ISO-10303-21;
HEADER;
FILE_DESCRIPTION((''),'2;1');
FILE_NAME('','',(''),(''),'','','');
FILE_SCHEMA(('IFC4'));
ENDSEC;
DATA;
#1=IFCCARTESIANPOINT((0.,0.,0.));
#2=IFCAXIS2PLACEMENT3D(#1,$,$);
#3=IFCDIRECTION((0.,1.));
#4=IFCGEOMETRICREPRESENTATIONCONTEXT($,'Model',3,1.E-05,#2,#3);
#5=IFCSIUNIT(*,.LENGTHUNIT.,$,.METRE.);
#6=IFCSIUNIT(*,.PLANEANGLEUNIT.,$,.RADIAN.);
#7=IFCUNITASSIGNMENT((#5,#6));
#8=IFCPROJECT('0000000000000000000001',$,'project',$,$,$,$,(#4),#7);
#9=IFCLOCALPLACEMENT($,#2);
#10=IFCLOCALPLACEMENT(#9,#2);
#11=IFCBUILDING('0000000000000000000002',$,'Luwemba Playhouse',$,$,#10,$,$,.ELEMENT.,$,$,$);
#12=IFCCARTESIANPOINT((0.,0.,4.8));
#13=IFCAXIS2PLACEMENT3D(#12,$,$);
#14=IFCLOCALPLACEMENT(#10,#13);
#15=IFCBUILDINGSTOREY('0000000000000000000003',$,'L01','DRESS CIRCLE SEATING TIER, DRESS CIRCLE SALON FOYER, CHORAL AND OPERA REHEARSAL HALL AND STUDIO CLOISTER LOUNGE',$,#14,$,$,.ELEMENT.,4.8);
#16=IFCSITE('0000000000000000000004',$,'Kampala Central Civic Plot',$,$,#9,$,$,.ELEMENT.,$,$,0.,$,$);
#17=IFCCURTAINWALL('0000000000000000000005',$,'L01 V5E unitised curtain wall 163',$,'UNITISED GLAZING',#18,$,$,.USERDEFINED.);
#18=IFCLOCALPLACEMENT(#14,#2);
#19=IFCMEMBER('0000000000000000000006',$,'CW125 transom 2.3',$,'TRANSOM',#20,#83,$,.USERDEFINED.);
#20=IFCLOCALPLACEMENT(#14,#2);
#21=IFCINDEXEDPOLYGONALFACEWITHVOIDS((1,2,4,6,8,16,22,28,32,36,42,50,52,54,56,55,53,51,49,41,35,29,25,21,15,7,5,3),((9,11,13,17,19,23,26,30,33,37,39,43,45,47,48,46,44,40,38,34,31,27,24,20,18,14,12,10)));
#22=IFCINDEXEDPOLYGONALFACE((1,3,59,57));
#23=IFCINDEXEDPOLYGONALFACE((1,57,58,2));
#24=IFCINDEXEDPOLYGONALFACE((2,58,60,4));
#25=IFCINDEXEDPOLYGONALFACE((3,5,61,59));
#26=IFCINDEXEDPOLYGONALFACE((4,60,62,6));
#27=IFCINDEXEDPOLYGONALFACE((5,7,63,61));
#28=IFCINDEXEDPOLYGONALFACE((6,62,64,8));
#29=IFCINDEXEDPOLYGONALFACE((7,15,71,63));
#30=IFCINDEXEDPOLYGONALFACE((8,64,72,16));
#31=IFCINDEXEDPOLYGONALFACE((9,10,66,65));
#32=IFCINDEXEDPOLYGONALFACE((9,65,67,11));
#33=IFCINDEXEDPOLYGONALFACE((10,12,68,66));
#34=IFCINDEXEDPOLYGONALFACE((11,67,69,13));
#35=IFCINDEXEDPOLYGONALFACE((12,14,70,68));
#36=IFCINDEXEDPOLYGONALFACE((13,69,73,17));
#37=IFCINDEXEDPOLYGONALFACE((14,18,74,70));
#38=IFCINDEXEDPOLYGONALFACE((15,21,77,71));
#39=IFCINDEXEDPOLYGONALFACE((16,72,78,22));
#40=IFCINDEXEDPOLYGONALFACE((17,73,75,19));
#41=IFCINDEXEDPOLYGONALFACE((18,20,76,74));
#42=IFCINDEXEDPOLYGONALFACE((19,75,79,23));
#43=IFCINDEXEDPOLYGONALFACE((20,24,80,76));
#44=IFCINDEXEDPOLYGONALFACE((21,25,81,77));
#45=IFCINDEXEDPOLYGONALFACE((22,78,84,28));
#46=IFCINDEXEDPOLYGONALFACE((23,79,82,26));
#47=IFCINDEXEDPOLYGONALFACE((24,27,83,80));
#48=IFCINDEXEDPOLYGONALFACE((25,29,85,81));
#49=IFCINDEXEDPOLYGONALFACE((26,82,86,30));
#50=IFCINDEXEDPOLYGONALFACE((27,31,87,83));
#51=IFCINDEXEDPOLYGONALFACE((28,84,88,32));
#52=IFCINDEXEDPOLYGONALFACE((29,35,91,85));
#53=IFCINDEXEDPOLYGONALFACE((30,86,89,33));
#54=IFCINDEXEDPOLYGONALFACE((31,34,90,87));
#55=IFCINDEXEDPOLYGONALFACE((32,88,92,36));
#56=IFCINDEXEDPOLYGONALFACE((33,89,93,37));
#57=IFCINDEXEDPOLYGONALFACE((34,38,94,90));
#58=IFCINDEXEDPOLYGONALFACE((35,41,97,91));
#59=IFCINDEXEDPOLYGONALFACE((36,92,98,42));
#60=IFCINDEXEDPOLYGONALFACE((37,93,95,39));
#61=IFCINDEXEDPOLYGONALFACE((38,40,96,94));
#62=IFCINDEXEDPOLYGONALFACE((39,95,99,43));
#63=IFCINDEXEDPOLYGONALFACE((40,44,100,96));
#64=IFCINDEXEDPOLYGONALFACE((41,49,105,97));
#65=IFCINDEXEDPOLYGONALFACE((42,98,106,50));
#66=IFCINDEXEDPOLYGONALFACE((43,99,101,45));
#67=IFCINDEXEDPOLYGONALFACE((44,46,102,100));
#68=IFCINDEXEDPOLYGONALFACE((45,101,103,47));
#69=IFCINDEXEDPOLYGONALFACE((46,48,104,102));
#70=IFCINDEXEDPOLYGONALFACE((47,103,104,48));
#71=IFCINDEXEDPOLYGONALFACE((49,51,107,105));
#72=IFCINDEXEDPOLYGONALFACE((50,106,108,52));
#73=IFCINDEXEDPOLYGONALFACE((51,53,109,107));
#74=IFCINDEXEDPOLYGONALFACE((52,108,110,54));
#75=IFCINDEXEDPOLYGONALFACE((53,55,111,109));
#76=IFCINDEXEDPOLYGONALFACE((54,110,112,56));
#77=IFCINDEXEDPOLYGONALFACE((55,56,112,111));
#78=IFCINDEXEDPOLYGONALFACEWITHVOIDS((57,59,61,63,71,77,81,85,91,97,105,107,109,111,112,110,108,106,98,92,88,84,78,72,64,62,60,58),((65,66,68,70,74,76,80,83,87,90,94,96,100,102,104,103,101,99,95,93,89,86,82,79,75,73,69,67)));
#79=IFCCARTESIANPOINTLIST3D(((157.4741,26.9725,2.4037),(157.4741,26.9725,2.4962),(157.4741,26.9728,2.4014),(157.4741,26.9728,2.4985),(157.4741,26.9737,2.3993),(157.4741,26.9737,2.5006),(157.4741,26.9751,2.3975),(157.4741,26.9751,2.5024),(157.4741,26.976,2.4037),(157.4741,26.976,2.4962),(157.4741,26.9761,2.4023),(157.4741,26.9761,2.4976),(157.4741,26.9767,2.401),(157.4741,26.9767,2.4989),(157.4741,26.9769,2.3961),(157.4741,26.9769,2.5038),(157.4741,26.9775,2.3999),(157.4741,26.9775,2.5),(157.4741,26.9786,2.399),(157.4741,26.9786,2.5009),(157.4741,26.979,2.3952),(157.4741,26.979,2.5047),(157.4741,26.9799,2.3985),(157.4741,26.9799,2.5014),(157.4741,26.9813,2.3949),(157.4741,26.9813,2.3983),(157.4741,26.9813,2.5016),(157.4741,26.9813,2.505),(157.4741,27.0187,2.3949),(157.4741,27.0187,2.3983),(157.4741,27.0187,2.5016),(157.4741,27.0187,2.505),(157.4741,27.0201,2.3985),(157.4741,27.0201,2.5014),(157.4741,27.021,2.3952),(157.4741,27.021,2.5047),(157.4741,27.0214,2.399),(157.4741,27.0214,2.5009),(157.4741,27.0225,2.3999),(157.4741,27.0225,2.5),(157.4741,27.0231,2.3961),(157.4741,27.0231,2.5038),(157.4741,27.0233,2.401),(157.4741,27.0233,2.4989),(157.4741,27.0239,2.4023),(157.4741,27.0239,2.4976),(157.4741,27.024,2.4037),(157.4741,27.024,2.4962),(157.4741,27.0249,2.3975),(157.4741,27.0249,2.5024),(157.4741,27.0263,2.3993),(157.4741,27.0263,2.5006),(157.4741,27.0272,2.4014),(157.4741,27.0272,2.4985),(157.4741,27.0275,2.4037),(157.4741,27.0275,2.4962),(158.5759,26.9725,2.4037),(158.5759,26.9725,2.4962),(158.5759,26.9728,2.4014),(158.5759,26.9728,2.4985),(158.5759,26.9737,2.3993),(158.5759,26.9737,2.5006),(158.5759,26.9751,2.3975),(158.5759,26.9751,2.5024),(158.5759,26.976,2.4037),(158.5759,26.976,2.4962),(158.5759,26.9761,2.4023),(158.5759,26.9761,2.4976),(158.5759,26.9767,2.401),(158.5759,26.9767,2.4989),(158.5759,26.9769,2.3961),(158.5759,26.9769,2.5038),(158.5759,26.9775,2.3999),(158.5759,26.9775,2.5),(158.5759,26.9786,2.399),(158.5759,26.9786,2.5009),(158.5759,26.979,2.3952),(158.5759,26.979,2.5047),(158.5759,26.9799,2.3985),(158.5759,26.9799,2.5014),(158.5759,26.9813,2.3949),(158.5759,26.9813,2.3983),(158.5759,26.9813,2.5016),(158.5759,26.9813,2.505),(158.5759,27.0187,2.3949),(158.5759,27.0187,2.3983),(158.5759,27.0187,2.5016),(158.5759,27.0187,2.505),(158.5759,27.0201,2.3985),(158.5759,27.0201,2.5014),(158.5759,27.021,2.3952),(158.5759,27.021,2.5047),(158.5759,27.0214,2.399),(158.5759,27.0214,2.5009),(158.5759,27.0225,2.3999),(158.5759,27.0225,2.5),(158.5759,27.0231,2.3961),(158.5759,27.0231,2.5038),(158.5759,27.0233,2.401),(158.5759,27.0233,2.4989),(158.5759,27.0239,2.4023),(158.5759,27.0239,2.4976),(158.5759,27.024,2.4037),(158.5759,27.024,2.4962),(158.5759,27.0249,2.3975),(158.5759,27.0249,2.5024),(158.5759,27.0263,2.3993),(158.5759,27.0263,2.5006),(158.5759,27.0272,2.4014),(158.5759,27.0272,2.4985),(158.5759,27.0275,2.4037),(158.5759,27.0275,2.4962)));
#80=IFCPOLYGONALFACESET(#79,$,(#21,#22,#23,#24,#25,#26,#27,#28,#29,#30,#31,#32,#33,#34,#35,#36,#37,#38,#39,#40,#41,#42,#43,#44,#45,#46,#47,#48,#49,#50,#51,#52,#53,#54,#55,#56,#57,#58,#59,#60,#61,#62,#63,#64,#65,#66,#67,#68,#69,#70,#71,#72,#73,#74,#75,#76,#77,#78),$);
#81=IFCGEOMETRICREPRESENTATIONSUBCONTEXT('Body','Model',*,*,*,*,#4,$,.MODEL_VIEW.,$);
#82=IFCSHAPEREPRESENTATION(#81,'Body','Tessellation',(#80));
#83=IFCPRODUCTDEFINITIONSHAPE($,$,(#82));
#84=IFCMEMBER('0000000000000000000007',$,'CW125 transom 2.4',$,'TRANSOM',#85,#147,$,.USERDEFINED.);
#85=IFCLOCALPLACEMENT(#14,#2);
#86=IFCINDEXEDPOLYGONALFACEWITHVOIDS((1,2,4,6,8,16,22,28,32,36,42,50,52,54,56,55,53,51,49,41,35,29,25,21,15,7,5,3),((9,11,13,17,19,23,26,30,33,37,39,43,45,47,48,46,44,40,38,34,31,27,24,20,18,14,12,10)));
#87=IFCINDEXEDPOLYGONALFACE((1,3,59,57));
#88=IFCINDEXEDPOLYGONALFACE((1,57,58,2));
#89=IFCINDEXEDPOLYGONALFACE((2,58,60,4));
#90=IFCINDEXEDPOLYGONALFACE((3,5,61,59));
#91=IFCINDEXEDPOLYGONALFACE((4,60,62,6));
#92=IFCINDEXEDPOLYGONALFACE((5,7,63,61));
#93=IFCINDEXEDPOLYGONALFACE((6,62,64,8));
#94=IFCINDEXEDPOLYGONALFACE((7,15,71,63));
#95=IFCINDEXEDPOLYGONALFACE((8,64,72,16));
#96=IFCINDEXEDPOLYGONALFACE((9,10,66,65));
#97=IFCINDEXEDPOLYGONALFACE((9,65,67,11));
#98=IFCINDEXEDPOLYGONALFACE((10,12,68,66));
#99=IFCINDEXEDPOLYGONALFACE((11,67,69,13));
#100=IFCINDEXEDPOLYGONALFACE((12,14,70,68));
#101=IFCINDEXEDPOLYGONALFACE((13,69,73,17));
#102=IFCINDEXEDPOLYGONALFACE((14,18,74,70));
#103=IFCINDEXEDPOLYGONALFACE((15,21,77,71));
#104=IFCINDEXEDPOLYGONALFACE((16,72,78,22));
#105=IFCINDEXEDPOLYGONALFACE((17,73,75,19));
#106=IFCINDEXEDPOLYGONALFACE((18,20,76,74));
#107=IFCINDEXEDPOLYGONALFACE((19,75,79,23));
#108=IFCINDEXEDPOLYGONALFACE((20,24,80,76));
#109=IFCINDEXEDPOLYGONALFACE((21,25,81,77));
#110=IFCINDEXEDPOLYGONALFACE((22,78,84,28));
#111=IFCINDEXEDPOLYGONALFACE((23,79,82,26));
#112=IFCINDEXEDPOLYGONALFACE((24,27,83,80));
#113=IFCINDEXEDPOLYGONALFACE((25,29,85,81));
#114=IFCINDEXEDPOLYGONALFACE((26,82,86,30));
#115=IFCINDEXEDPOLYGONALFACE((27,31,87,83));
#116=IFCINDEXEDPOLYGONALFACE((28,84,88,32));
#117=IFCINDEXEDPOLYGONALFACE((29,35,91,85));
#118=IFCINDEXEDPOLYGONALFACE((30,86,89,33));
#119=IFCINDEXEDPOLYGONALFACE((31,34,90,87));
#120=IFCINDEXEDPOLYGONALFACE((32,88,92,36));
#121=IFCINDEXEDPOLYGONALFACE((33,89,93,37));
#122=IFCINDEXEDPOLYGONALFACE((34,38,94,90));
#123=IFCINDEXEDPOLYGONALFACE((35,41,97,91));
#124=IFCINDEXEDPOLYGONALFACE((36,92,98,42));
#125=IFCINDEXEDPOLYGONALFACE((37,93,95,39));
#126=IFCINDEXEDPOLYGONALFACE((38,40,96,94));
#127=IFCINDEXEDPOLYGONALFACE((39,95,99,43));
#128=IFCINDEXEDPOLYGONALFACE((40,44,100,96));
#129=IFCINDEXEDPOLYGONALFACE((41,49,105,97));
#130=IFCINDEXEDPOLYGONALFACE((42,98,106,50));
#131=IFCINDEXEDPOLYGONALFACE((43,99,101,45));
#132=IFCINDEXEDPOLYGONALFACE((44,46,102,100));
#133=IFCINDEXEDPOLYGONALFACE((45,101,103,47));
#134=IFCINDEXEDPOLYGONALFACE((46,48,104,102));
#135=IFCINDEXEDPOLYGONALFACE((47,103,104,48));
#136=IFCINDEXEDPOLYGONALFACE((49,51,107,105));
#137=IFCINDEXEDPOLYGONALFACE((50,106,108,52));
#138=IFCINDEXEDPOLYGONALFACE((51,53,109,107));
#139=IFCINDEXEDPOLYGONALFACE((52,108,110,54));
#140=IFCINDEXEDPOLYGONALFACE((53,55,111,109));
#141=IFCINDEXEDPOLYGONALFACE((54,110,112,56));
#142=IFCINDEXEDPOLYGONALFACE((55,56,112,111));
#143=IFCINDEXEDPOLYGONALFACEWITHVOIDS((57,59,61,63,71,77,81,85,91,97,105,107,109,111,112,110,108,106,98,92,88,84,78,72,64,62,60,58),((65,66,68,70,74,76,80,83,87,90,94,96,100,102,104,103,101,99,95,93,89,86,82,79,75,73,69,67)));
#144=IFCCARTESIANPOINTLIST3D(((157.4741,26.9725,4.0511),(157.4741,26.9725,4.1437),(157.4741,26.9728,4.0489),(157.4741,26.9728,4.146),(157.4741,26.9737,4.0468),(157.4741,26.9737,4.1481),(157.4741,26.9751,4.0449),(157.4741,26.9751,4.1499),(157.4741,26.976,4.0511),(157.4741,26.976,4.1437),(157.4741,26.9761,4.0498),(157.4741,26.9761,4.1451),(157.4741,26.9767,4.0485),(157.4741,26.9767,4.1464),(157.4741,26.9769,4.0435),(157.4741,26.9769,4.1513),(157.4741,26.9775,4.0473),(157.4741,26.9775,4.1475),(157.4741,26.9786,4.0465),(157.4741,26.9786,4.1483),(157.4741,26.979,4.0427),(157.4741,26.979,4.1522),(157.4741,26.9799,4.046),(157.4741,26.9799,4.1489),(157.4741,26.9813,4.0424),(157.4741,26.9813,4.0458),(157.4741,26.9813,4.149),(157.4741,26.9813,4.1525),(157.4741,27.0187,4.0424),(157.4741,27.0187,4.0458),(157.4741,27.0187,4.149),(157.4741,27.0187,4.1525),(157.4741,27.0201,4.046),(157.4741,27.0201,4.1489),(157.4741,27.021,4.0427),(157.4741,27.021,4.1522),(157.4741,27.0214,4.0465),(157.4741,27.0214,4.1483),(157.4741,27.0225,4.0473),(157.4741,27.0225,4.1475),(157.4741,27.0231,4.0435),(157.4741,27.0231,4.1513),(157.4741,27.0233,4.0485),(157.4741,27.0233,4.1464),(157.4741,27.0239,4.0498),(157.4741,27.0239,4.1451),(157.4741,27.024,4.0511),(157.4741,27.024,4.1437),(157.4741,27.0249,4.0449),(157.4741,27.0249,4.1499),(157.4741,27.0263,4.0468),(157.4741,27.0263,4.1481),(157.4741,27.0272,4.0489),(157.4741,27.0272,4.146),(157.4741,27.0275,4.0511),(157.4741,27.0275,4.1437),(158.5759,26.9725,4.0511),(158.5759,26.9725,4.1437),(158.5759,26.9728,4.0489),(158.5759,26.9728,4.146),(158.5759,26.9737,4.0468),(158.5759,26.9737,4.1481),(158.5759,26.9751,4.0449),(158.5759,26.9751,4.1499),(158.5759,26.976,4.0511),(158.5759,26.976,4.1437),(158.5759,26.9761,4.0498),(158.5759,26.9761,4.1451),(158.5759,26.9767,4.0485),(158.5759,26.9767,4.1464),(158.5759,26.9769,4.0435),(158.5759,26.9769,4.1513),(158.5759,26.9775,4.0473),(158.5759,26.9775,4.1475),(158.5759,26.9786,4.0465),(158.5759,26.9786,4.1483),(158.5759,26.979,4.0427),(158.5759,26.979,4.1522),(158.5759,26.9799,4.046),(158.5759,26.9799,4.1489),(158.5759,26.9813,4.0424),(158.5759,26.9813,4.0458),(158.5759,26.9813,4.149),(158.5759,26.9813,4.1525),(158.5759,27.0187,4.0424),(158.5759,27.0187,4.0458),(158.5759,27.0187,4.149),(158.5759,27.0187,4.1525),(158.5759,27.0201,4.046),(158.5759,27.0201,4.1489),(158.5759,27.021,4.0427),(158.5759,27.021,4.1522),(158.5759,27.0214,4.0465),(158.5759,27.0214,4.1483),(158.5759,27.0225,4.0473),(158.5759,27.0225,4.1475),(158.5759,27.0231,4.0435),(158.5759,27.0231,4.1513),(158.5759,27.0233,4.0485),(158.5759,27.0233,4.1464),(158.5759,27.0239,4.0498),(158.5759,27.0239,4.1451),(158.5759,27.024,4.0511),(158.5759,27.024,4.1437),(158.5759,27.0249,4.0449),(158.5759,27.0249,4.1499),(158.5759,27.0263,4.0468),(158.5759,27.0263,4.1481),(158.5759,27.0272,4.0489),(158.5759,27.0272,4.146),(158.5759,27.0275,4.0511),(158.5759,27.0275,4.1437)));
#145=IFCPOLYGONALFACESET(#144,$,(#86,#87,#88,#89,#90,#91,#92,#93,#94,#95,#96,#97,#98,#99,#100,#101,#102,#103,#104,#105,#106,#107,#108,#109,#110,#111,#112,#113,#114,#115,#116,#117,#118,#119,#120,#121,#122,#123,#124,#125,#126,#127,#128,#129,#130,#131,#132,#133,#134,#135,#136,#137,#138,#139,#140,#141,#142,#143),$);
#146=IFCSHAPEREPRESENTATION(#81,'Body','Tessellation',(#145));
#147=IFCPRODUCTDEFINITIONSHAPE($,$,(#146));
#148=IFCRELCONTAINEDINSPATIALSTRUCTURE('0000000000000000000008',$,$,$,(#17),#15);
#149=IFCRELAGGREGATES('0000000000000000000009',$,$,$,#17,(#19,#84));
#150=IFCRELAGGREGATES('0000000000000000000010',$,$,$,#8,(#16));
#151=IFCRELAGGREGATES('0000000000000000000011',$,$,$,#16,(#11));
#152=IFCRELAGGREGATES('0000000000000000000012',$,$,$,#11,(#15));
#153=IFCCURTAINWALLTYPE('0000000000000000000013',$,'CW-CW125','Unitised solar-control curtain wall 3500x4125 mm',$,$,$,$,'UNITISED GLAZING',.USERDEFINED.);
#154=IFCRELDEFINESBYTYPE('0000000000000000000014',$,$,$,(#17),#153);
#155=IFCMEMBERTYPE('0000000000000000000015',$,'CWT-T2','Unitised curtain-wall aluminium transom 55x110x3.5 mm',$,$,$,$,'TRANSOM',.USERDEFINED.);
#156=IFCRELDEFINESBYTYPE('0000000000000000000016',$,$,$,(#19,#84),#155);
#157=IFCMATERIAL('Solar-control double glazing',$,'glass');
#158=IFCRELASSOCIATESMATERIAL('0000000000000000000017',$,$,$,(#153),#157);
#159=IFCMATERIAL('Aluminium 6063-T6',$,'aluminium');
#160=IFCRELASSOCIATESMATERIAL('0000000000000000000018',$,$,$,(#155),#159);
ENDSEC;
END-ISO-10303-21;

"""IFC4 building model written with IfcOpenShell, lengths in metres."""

from ifc_helpers import new_model, si_unit, direction, frame, origin, origin_2d, place, context, subcontext, project, spatial, hollow_rectangle, extrude, material, material_profile, profile_set, type_object, element, aggregate, save


model = new_model("IFC4")

# Units and contexts
model_context = context("Model", 3, precision=1e-05, world=origin(), true_north=direction((0.0, 1.0)))
body_context = subcontext(model_context, "Body", "Model", "MODEL_VIEW")
ifc_project = project(units=[si_unit("LENGTHUNIT", "METRE"), si_unit("PLANEANGLEUNIT", "RADIAN")], contexts=[model_context])

# Site, building, storey
site_placement = place(None, origin())
site = spatial("IfcSite", under=ifc_project, at=site_placement, Name="Kampala Central Civic Plot", CompositionType="ELEMENT", RefElevation=0.0)
building_placement = place(site_placement, origin())
building = spatial("IfcBuilding", under=site, at=building_placement, Name="Luwemba Playhouse", CompositionType="ELEMENT")
storey_placement = place(building_placement, frame((0.0, 0.0, 4.8)))
storey = spatial("IfcBuildingStorey", under=building, at=storey_placement, Name="L01", Description="DRESS CIRCLE SEATING TIER, DRESS CIRCLE SALON FOYER, CHORAL AND OPERA REHEARSAL HALL AND STUDIO CLOISTER LOUNGE", CompositionType="ELEMENT", Elevation=4.8)

# Curtain wall
ifc_material_1 = material(Name="Solar-control double glazing", Category="glass")
curtain_wall_type_1 = type_object("IfcCurtainWallType", Name="CW-CW125", Description="Unitised solar-control curtain wall 3500x4125 mm", ElementType="UNITISED GLAZING", PredefinedType="USERDEFINED", material=ifc_material_1)
curtain_wall_1_placement = place(storey_placement, origin())
curtain_wall_1 = element("IfcCurtainWall", 1, at=curtain_wall_1_placement, inside=storey, type_object=curtain_wall_type_1, Name="L01 V5E unitised curtain wall 163", ObjectType="UNITISED GLAZING", PredefinedType="USERDEFINED")
ifc_material_2 = material(Name="Aluminium 6063-T6", Category="aluminium")

# Members
ifc_material_profile_1 = material_profile(ifc_material_2, hollow_rectangle(XDim=0.0549, YDim=0.1101, WallThickness=0.0034, InnerFilletRadius=0.0054, OuterFilletRadius=0.0088, at=origin_2d()))
ifc_profile_set_1 = profile_set([ifc_material_profile_1], Name="Aluminium 6063-T6")
member_type_1 = type_object("IfcMemberType", Name="CWT-T2", Description="Unitised curtain-wall aluminium transom 55x110x3.5 mm", ElementType="TRANSOM", PredefinedType="USERDEFINED", material=ifc_profile_set_1)
member_1_placement = place(storey_placement, frame((157.4741, 27.0, 2.45), z_axis=(1.0, 0.0, 0.0), x_axis=(0.0, 1.0, 0.0)))
member_1 = element("IfcMember", 2, at=member_1_placement, type_object=member_type_1, Name="CW125 transom 2.3", ObjectType="TRANSOM", PredefinedType="USERDEFINED", context=body_context, shape_type="SweptSolid", body=[
    extrude(hollow_rectangle(XDim=0.0549, YDim=0.1101, WallThickness=0.0034, InnerFilletRadius=0.0054, OuterFilletRadius=0.0088, at=origin_2d()), origin(), (0.0, 0.0, 1.0), 1.1018),
])
member_2_placement = place(storey_placement, frame((157.4741, 27.0, 4.0974), z_axis=(1.0, 0.0, 0.0), x_axis=(0.0, 1.0, 0.0)))
member_2 = element("IfcMember", 3, at=member_2_placement, type_object=member_type_1, Name="CW125 transom 2.4", ObjectType="TRANSOM", PredefinedType="USERDEFINED", context=body_context, shape_type="SweptSolid", body=[
    extrude(hollow_rectangle(XDim=0.0549, YDim=0.1101, WallThickness=0.0034, InnerFilletRadius=0.0054, OuterFilletRadius=0.0088, at=origin_2d()), origin(), (0.0, 0.0, 1.0), 1.1018),
])

aggregate(curtain_wall_1, [member_1, member_2])

save(model, "model.ifc")
